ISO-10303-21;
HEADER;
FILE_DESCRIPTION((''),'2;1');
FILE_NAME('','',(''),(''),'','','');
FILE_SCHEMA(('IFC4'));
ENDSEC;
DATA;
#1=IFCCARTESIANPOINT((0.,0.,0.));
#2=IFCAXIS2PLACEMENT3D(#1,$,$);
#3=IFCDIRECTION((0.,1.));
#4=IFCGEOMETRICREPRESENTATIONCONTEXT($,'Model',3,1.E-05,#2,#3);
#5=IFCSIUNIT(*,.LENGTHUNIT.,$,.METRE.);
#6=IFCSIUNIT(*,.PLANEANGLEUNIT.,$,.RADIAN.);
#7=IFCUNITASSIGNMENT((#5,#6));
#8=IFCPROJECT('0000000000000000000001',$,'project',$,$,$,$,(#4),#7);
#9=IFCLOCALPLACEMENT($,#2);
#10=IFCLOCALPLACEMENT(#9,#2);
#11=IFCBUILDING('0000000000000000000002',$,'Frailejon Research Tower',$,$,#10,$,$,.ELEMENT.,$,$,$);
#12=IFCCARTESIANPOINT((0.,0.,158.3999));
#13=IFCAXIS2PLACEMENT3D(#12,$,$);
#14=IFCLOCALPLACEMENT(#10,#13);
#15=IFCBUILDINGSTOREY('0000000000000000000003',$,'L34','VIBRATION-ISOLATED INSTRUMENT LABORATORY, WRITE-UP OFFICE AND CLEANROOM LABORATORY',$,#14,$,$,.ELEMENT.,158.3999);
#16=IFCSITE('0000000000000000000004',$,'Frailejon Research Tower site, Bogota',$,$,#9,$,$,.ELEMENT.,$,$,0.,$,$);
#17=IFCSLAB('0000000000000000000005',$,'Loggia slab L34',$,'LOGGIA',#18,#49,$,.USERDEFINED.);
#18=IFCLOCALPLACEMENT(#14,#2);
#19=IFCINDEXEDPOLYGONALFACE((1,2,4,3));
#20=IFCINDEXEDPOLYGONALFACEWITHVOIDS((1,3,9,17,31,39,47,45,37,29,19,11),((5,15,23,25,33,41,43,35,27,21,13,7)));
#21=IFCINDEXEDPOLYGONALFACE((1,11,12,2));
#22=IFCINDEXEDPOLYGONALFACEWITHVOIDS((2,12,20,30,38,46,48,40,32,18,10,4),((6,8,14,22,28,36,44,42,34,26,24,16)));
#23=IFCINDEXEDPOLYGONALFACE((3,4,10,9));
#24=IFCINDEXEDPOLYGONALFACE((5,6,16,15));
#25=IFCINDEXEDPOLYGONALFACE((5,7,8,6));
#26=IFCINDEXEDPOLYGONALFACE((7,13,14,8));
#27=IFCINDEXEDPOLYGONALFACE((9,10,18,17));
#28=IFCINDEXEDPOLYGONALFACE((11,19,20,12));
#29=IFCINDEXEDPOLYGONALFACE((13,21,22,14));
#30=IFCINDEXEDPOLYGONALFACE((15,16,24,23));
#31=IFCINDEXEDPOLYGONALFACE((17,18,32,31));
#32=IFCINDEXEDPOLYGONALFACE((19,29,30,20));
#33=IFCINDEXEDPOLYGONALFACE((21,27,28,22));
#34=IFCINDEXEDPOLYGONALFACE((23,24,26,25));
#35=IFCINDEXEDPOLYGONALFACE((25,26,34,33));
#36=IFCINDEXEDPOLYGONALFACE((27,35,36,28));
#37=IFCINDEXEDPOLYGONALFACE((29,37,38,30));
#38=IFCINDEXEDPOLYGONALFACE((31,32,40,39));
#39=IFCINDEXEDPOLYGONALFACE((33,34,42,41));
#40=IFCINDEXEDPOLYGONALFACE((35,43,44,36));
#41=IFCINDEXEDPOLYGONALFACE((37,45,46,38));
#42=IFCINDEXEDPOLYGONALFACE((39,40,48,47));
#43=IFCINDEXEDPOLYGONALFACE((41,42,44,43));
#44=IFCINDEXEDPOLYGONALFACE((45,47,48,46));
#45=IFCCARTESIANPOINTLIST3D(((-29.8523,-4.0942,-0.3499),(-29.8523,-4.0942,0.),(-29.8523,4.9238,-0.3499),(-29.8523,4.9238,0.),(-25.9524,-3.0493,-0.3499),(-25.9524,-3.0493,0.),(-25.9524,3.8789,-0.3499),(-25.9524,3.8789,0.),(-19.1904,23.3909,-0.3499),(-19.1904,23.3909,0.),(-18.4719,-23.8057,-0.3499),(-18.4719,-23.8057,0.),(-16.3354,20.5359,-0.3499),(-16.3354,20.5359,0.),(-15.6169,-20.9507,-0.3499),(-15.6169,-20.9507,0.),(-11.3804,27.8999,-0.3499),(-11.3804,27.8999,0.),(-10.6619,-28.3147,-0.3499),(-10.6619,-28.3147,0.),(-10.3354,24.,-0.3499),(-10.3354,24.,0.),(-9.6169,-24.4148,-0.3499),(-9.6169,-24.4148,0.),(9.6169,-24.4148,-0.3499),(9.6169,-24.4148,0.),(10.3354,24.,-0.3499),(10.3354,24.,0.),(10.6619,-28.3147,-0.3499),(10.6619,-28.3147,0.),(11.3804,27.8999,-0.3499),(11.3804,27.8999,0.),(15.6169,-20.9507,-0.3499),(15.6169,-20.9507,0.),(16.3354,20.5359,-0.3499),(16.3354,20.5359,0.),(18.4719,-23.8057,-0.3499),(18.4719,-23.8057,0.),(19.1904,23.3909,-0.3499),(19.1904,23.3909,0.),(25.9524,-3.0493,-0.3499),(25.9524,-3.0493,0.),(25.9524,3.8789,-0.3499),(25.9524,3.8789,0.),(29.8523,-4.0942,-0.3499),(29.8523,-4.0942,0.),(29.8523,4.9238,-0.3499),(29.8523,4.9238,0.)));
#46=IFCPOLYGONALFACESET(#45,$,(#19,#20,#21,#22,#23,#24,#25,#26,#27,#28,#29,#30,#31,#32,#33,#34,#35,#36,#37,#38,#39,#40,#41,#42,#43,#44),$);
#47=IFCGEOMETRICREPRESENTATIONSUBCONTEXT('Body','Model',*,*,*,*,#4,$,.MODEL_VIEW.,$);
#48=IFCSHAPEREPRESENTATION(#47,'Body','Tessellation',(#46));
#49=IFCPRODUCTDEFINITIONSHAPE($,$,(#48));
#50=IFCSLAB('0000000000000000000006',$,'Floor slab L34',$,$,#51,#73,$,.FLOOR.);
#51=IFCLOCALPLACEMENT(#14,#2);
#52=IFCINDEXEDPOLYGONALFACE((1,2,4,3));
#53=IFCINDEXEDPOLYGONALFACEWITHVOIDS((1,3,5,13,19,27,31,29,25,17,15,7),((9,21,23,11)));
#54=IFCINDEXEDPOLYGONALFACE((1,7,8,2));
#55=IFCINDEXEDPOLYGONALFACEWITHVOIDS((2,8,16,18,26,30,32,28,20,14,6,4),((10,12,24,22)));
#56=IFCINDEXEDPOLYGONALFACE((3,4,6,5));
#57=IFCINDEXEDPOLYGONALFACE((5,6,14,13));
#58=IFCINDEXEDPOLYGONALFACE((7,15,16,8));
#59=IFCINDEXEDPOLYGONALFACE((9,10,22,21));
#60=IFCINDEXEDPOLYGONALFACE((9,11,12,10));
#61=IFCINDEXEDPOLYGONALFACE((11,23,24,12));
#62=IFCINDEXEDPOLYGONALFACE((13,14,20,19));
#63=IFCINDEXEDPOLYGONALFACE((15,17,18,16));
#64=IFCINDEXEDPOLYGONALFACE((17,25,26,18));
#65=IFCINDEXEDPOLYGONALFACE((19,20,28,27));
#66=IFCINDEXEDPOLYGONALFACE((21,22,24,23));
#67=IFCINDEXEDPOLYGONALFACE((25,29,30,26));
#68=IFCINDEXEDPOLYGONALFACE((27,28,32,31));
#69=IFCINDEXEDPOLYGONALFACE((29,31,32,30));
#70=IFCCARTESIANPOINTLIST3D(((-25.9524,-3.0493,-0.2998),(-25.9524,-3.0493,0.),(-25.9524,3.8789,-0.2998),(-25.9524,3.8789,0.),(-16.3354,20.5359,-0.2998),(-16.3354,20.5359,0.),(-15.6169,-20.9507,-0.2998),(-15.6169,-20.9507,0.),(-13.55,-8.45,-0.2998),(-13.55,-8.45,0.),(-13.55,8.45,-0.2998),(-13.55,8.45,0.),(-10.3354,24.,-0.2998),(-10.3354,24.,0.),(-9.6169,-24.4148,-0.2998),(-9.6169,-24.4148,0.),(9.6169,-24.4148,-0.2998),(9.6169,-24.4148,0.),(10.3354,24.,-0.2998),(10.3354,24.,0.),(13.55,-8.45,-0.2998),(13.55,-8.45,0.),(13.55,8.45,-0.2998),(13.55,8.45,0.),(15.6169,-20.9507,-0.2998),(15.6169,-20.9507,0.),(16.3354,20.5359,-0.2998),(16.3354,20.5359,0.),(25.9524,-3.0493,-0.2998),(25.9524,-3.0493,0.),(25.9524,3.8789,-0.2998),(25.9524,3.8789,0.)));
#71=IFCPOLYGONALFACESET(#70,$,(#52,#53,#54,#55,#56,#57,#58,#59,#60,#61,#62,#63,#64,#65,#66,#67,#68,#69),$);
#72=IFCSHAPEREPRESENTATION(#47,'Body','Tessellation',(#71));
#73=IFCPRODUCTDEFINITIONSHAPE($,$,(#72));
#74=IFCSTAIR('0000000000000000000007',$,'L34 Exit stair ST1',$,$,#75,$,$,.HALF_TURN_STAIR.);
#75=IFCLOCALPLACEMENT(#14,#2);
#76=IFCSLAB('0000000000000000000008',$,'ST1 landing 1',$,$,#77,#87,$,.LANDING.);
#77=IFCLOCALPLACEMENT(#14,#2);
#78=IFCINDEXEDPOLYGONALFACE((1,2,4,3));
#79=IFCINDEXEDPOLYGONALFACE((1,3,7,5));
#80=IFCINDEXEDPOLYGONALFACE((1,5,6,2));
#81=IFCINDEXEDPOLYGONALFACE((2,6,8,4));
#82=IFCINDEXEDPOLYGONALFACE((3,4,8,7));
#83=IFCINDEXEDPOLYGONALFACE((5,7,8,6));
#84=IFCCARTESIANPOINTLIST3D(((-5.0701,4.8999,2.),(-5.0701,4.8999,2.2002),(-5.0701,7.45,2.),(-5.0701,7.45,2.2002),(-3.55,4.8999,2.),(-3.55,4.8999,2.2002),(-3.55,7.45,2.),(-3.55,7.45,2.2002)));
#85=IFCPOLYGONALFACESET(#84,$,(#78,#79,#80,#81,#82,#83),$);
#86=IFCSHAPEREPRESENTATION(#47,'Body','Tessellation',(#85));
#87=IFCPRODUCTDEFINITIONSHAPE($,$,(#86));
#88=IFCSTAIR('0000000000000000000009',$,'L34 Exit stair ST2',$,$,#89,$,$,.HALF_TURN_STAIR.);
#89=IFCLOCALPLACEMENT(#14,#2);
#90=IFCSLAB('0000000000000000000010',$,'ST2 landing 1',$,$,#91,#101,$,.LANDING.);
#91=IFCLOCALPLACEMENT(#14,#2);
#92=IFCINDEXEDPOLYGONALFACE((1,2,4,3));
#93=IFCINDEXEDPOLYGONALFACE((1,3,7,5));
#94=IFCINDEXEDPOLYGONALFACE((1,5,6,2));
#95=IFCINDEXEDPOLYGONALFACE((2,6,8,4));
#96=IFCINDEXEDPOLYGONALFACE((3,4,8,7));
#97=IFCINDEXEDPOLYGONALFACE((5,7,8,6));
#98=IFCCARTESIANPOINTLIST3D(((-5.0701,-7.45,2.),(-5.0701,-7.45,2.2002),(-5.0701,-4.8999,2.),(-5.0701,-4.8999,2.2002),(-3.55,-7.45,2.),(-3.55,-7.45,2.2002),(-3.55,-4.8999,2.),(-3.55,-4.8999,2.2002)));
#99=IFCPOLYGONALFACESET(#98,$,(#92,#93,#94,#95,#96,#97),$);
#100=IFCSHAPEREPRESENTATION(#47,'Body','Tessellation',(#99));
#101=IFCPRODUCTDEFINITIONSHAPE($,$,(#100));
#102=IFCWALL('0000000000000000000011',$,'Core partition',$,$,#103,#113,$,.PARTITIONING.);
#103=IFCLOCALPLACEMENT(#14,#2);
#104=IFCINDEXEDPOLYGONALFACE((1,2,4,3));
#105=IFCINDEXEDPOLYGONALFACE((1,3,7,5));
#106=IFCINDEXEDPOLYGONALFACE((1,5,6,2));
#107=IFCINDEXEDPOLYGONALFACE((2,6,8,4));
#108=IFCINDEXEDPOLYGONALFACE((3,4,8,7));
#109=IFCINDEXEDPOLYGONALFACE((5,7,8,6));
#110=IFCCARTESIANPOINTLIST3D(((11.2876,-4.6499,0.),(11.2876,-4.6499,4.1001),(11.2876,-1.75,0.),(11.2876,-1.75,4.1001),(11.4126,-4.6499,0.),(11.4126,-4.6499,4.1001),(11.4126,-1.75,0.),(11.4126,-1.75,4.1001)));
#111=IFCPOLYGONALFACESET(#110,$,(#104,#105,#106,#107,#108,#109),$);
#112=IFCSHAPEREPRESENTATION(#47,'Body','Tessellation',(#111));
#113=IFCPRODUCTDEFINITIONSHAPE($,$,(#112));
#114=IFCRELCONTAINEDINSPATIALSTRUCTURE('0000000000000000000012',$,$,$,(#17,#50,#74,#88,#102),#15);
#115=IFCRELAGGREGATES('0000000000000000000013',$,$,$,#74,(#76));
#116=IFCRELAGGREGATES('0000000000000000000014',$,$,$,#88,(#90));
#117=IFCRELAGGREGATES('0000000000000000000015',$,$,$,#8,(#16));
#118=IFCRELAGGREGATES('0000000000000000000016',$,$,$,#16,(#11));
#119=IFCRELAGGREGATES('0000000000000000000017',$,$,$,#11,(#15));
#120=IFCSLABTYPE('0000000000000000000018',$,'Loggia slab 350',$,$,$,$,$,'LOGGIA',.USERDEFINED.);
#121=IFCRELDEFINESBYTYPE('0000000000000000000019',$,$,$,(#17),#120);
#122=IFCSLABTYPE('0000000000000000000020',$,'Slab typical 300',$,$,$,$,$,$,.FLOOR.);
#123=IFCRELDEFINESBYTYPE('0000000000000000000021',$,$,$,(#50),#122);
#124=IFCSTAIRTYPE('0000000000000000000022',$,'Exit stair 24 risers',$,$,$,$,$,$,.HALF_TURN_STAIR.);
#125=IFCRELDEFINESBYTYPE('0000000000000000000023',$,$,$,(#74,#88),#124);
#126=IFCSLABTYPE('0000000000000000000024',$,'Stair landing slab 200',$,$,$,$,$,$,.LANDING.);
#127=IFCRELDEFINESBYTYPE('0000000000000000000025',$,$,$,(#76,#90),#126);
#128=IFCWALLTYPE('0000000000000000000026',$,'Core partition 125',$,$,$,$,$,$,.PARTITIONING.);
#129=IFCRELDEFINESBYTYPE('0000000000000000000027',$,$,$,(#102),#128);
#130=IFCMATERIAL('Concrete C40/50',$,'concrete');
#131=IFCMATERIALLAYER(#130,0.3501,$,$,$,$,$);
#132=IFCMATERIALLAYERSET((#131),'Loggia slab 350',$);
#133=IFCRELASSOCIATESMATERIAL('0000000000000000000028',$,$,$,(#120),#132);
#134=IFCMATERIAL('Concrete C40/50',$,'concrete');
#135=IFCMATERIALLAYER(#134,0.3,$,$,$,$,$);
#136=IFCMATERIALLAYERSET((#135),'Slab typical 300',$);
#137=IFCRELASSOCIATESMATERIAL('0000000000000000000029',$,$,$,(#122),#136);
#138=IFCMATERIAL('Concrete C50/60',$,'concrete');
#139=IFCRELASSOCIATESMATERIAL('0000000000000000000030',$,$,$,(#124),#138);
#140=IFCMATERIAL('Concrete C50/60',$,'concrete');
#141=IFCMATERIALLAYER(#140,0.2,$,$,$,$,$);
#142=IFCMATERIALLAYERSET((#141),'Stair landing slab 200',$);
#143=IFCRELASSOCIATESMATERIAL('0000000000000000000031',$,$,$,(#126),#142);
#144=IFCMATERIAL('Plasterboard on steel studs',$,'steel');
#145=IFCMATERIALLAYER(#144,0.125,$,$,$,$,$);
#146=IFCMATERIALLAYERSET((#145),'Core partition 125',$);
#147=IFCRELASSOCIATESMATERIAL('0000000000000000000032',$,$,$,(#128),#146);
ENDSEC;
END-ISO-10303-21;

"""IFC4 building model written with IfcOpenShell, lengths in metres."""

from ifc_helpers import new_model, si_unit, direction, frame, frame_2d, origin, place, context, subcontext, project, spatial, polyline, rectangle, outline, extrude, material, layer, layer_set, type_object, element, aggregate, save


model = new_model("IFC4")

# Units and contexts
model_context = context("Model", 3, precision=1e-05, world=origin(), true_north=direction((0.0, 1.0)))
body_context = subcontext(model_context, "Body", "Model", "MODEL_VIEW")
ifc_project = project(units=[si_unit("LENGTHUNIT", "METRE"), si_unit("PLANEANGLEUNIT", "RADIAN")], contexts=[model_context])

# Site, building, storey
site_placement = place(None, origin())
site = spatial("IfcSite", under=ifc_project, at=site_placement, Name="Frailejon Research Tower site, Bogota", CompositionType="ELEMENT", RefElevation=0.0)
building_placement = place(site_placement, origin())
building = spatial("IfcBuilding", under=site, at=building_placement, Name="Frailejon Research Tower", CompositionType="ELEMENT")
storey_placement = place(building_placement, frame((0.0, 0.0, 158.3999)))
storey = spatial("IfcBuildingStorey", under=building, at=storey_placement, Name="L34", Description="VIBRATION-ISOLATED INSTRUMENT LABORATORY, WRITE-UP OFFICE AND CLEANROOM LABORATORY", CompositionType="ELEMENT", Elevation=158.3999)

# Slabs
ifc_material_1 = material(Name="Concrete C40/50", Category="concrete")
ifc_layer_1 = layer(ifc_material_1, 0.3501)
ifc_layer_set_1 = layer_set([ifc_layer_1], Name="Loggia slab 350")
slab_type_1 = type_object("IfcSlabType", Name="Loggia slab 350", ElementType="LOGGIA", PredefinedType="USERDEFINED", material=ifc_layer_set_1)
slab_1_placement = place(storey_placement, frame((0.0, 0.0, -0.3499)))
element("IfcSlab", 1, at=slab_1_placement, inside=storey, type_object=slab_type_1, Name="Loggia slab L34", ObjectType="LOGGIA", PredefinedType="USERDEFINED", context=body_context, shape_type="SweptSolid", body=[
    extrude(outline(polyline([(18.4719, -23.8057), (10.6619, -28.3147), (-10.6619, -28.3147), (-18.4719, -23.8057), (-29.8523, -4.0942), (-29.8523, 4.9238), (-19.1904, 23.3909), (-11.3804, 27.8999), (11.3804, 27.8999), (19.1904, 23.3909), (29.8523, 4.9238), (29.8523, -4.0942), (18.4719, -23.8057)]), holes=[polyline([(25.9524, 3.8789), (16.3354, 20.5359), (10.3354, 24.0), (-10.3354, 24.0), (-16.3354, 20.5359), (-25.9524, 3.8789), (-25.9524, -3.0493), (-15.6169, -20.9507), (-9.6169, -24.4148), (9.6169, -24.4148), (15.6169, -20.9507), (25.9524, -3.0493), (25.9524, 3.8789)])]), origin(), (0.0, 0.0, 1.0), 0.3499),
])
ifc_material_2 = material(Name="Concrete C40/50", Category="concrete")
ifc_layer_2 = layer(ifc_material_2, 0.3)
ifc_layer_set_2 = layer_set([ifc_layer_2], Name="Slab typical 300")
slab_type_2 = type_object("IfcSlabType", Name="Slab typical 300", PredefinedType="FLOOR", material=ifc_layer_set_2)
slab_2_placement = place(storey_placement, frame((0.0, 0.0, -0.2998)))
element("IfcSlab", 2, at=slab_2_placement, inside=storey, type_object=slab_type_2, Name="Floor slab L34", PredefinedType="FLOOR", context=body_context, shape_type="SweptSolid", body=[
    extrude(outline(polyline([(25.9524, -3.0493), (25.9524, 3.8789), (16.3354, 20.5359), (10.3354, 24.0), (-10.3354, 24.0), (-16.3354, 20.5359), (-25.9524, 3.8789), (-25.9524, -3.0493), (-15.6169, -20.9507), (-9.6169, -24.4148), (9.6169, -24.4148), (15.6169, -20.9507), (25.9524, -3.0493)]), holes=[polyline([(13.55, -8.45), (-13.55, -8.45), (-13.55, 8.45), (13.55, 8.45), (13.55, -8.45)])]), origin(), (0.0, 0.0, 1.0), 0.2998),
])

# Stairs, slabs
ifc_material_3 = material(Name="Concrete C50/60", Category="concrete")
stair_type = type_object("IfcStairType", Name="Exit stair 24 risers", PredefinedType="HALF_TURN_STAIR", material=ifc_material_3)
stair_1_placement = place(storey_placement, origin())
stair_1 = element("IfcStair", 3, at=stair_1_placement, inside=storey, type_object=stair_type, Name="L34 Exit stair ST1", PredefinedType="HALF_TURN_STAIR")
ifc_material_4 = material(Name="Concrete C50/60", Category="concrete")
ifc_layer_3 = layer(ifc_material_4, 0.2)
ifc_layer_set_3 = layer_set([ifc_layer_3], Name="Stair landing slab 200")
slab_type_3 = type_object("IfcSlabType", Name="Stair landing slab 200", PredefinedType="LANDING", material=ifc_layer_set_3)
slab_3_placement = place(storey_placement, frame((0.0, 0.0, 2.0)))
slab_3 = element("IfcSlab", 4, at=slab_3_placement, type_object=slab_type_3, Name="ST1 landing 1", PredefinedType="LANDING", context=body_context, shape_type="SweptSolid", body=[
    extrude(outline(polyline([(-5.0701, 4.8999), (-3.55, 4.8999), (-3.55, 7.45), (-5.0701, 7.45), (-5.0701, 4.8999)])), origin(), (0.0, 0.0, 1.0), 0.2002),
])
aggregate(stair_1, [slab_3])
stair_2_placement = place(storey_placement, origin())
stair_2 = element("IfcStair", 5, at=stair_2_placement, inside=storey, type_object=stair_type, Name="L34 Exit stair ST2", PredefinedType="HALF_TURN_STAIR")
slab_4_placement = place(storey_placement, frame((0.0, 0.0, 2.0)))
slab_4 = element("IfcSlab", 6, at=slab_4_placement, type_object=slab_type_3, Name="ST2 landing 1", PredefinedType="LANDING", context=body_context, shape_type="SweptSolid", body=[
    extrude(outline(polyline([(-5.0701, -7.45), (-3.55, -7.45), (-3.55, -4.8999), (-5.0701, -4.8999), (-5.0701, -7.45)])), origin(), (0.0, 0.0, 1.0), 0.2002),
])
aggregate(stair_2, [slab_4])

# Wall
ifc_material_5 = material(Name="Plasterboard on steel studs", Category="steel")
ifc_layer_4 = layer(ifc_material_5, 0.125)
ifc_layer_set_4 = layer_set([ifc_layer_4], Name="Core partition 125")
wall_type_1 = type_object("IfcWallType", Name="Core partition 125", PredefinedType="PARTITIONING", material=ifc_layer_set_4)
wall_1_placement = place(storey_placement, frame((11.3501, -4.6499, 0.0), z_axis=(0.0, 0.0, 1.0), x_axis=(0.0, 1.0, 0.0)))
element("IfcWall", 7, at=wall_1_placement, inside=storey, type_object=wall_type_1, Name="Core partition", PredefinedType="PARTITIONING", context=body_context, shape_type="SweptSolid", body=[
    extrude(rectangle(XDim=2.8999, YDim=0.125, at=frame_2d((1.45, 0.0))), origin(), (0.0, 0.0, 1.0), 4.1001),
])

save(model, "model.ifc")
